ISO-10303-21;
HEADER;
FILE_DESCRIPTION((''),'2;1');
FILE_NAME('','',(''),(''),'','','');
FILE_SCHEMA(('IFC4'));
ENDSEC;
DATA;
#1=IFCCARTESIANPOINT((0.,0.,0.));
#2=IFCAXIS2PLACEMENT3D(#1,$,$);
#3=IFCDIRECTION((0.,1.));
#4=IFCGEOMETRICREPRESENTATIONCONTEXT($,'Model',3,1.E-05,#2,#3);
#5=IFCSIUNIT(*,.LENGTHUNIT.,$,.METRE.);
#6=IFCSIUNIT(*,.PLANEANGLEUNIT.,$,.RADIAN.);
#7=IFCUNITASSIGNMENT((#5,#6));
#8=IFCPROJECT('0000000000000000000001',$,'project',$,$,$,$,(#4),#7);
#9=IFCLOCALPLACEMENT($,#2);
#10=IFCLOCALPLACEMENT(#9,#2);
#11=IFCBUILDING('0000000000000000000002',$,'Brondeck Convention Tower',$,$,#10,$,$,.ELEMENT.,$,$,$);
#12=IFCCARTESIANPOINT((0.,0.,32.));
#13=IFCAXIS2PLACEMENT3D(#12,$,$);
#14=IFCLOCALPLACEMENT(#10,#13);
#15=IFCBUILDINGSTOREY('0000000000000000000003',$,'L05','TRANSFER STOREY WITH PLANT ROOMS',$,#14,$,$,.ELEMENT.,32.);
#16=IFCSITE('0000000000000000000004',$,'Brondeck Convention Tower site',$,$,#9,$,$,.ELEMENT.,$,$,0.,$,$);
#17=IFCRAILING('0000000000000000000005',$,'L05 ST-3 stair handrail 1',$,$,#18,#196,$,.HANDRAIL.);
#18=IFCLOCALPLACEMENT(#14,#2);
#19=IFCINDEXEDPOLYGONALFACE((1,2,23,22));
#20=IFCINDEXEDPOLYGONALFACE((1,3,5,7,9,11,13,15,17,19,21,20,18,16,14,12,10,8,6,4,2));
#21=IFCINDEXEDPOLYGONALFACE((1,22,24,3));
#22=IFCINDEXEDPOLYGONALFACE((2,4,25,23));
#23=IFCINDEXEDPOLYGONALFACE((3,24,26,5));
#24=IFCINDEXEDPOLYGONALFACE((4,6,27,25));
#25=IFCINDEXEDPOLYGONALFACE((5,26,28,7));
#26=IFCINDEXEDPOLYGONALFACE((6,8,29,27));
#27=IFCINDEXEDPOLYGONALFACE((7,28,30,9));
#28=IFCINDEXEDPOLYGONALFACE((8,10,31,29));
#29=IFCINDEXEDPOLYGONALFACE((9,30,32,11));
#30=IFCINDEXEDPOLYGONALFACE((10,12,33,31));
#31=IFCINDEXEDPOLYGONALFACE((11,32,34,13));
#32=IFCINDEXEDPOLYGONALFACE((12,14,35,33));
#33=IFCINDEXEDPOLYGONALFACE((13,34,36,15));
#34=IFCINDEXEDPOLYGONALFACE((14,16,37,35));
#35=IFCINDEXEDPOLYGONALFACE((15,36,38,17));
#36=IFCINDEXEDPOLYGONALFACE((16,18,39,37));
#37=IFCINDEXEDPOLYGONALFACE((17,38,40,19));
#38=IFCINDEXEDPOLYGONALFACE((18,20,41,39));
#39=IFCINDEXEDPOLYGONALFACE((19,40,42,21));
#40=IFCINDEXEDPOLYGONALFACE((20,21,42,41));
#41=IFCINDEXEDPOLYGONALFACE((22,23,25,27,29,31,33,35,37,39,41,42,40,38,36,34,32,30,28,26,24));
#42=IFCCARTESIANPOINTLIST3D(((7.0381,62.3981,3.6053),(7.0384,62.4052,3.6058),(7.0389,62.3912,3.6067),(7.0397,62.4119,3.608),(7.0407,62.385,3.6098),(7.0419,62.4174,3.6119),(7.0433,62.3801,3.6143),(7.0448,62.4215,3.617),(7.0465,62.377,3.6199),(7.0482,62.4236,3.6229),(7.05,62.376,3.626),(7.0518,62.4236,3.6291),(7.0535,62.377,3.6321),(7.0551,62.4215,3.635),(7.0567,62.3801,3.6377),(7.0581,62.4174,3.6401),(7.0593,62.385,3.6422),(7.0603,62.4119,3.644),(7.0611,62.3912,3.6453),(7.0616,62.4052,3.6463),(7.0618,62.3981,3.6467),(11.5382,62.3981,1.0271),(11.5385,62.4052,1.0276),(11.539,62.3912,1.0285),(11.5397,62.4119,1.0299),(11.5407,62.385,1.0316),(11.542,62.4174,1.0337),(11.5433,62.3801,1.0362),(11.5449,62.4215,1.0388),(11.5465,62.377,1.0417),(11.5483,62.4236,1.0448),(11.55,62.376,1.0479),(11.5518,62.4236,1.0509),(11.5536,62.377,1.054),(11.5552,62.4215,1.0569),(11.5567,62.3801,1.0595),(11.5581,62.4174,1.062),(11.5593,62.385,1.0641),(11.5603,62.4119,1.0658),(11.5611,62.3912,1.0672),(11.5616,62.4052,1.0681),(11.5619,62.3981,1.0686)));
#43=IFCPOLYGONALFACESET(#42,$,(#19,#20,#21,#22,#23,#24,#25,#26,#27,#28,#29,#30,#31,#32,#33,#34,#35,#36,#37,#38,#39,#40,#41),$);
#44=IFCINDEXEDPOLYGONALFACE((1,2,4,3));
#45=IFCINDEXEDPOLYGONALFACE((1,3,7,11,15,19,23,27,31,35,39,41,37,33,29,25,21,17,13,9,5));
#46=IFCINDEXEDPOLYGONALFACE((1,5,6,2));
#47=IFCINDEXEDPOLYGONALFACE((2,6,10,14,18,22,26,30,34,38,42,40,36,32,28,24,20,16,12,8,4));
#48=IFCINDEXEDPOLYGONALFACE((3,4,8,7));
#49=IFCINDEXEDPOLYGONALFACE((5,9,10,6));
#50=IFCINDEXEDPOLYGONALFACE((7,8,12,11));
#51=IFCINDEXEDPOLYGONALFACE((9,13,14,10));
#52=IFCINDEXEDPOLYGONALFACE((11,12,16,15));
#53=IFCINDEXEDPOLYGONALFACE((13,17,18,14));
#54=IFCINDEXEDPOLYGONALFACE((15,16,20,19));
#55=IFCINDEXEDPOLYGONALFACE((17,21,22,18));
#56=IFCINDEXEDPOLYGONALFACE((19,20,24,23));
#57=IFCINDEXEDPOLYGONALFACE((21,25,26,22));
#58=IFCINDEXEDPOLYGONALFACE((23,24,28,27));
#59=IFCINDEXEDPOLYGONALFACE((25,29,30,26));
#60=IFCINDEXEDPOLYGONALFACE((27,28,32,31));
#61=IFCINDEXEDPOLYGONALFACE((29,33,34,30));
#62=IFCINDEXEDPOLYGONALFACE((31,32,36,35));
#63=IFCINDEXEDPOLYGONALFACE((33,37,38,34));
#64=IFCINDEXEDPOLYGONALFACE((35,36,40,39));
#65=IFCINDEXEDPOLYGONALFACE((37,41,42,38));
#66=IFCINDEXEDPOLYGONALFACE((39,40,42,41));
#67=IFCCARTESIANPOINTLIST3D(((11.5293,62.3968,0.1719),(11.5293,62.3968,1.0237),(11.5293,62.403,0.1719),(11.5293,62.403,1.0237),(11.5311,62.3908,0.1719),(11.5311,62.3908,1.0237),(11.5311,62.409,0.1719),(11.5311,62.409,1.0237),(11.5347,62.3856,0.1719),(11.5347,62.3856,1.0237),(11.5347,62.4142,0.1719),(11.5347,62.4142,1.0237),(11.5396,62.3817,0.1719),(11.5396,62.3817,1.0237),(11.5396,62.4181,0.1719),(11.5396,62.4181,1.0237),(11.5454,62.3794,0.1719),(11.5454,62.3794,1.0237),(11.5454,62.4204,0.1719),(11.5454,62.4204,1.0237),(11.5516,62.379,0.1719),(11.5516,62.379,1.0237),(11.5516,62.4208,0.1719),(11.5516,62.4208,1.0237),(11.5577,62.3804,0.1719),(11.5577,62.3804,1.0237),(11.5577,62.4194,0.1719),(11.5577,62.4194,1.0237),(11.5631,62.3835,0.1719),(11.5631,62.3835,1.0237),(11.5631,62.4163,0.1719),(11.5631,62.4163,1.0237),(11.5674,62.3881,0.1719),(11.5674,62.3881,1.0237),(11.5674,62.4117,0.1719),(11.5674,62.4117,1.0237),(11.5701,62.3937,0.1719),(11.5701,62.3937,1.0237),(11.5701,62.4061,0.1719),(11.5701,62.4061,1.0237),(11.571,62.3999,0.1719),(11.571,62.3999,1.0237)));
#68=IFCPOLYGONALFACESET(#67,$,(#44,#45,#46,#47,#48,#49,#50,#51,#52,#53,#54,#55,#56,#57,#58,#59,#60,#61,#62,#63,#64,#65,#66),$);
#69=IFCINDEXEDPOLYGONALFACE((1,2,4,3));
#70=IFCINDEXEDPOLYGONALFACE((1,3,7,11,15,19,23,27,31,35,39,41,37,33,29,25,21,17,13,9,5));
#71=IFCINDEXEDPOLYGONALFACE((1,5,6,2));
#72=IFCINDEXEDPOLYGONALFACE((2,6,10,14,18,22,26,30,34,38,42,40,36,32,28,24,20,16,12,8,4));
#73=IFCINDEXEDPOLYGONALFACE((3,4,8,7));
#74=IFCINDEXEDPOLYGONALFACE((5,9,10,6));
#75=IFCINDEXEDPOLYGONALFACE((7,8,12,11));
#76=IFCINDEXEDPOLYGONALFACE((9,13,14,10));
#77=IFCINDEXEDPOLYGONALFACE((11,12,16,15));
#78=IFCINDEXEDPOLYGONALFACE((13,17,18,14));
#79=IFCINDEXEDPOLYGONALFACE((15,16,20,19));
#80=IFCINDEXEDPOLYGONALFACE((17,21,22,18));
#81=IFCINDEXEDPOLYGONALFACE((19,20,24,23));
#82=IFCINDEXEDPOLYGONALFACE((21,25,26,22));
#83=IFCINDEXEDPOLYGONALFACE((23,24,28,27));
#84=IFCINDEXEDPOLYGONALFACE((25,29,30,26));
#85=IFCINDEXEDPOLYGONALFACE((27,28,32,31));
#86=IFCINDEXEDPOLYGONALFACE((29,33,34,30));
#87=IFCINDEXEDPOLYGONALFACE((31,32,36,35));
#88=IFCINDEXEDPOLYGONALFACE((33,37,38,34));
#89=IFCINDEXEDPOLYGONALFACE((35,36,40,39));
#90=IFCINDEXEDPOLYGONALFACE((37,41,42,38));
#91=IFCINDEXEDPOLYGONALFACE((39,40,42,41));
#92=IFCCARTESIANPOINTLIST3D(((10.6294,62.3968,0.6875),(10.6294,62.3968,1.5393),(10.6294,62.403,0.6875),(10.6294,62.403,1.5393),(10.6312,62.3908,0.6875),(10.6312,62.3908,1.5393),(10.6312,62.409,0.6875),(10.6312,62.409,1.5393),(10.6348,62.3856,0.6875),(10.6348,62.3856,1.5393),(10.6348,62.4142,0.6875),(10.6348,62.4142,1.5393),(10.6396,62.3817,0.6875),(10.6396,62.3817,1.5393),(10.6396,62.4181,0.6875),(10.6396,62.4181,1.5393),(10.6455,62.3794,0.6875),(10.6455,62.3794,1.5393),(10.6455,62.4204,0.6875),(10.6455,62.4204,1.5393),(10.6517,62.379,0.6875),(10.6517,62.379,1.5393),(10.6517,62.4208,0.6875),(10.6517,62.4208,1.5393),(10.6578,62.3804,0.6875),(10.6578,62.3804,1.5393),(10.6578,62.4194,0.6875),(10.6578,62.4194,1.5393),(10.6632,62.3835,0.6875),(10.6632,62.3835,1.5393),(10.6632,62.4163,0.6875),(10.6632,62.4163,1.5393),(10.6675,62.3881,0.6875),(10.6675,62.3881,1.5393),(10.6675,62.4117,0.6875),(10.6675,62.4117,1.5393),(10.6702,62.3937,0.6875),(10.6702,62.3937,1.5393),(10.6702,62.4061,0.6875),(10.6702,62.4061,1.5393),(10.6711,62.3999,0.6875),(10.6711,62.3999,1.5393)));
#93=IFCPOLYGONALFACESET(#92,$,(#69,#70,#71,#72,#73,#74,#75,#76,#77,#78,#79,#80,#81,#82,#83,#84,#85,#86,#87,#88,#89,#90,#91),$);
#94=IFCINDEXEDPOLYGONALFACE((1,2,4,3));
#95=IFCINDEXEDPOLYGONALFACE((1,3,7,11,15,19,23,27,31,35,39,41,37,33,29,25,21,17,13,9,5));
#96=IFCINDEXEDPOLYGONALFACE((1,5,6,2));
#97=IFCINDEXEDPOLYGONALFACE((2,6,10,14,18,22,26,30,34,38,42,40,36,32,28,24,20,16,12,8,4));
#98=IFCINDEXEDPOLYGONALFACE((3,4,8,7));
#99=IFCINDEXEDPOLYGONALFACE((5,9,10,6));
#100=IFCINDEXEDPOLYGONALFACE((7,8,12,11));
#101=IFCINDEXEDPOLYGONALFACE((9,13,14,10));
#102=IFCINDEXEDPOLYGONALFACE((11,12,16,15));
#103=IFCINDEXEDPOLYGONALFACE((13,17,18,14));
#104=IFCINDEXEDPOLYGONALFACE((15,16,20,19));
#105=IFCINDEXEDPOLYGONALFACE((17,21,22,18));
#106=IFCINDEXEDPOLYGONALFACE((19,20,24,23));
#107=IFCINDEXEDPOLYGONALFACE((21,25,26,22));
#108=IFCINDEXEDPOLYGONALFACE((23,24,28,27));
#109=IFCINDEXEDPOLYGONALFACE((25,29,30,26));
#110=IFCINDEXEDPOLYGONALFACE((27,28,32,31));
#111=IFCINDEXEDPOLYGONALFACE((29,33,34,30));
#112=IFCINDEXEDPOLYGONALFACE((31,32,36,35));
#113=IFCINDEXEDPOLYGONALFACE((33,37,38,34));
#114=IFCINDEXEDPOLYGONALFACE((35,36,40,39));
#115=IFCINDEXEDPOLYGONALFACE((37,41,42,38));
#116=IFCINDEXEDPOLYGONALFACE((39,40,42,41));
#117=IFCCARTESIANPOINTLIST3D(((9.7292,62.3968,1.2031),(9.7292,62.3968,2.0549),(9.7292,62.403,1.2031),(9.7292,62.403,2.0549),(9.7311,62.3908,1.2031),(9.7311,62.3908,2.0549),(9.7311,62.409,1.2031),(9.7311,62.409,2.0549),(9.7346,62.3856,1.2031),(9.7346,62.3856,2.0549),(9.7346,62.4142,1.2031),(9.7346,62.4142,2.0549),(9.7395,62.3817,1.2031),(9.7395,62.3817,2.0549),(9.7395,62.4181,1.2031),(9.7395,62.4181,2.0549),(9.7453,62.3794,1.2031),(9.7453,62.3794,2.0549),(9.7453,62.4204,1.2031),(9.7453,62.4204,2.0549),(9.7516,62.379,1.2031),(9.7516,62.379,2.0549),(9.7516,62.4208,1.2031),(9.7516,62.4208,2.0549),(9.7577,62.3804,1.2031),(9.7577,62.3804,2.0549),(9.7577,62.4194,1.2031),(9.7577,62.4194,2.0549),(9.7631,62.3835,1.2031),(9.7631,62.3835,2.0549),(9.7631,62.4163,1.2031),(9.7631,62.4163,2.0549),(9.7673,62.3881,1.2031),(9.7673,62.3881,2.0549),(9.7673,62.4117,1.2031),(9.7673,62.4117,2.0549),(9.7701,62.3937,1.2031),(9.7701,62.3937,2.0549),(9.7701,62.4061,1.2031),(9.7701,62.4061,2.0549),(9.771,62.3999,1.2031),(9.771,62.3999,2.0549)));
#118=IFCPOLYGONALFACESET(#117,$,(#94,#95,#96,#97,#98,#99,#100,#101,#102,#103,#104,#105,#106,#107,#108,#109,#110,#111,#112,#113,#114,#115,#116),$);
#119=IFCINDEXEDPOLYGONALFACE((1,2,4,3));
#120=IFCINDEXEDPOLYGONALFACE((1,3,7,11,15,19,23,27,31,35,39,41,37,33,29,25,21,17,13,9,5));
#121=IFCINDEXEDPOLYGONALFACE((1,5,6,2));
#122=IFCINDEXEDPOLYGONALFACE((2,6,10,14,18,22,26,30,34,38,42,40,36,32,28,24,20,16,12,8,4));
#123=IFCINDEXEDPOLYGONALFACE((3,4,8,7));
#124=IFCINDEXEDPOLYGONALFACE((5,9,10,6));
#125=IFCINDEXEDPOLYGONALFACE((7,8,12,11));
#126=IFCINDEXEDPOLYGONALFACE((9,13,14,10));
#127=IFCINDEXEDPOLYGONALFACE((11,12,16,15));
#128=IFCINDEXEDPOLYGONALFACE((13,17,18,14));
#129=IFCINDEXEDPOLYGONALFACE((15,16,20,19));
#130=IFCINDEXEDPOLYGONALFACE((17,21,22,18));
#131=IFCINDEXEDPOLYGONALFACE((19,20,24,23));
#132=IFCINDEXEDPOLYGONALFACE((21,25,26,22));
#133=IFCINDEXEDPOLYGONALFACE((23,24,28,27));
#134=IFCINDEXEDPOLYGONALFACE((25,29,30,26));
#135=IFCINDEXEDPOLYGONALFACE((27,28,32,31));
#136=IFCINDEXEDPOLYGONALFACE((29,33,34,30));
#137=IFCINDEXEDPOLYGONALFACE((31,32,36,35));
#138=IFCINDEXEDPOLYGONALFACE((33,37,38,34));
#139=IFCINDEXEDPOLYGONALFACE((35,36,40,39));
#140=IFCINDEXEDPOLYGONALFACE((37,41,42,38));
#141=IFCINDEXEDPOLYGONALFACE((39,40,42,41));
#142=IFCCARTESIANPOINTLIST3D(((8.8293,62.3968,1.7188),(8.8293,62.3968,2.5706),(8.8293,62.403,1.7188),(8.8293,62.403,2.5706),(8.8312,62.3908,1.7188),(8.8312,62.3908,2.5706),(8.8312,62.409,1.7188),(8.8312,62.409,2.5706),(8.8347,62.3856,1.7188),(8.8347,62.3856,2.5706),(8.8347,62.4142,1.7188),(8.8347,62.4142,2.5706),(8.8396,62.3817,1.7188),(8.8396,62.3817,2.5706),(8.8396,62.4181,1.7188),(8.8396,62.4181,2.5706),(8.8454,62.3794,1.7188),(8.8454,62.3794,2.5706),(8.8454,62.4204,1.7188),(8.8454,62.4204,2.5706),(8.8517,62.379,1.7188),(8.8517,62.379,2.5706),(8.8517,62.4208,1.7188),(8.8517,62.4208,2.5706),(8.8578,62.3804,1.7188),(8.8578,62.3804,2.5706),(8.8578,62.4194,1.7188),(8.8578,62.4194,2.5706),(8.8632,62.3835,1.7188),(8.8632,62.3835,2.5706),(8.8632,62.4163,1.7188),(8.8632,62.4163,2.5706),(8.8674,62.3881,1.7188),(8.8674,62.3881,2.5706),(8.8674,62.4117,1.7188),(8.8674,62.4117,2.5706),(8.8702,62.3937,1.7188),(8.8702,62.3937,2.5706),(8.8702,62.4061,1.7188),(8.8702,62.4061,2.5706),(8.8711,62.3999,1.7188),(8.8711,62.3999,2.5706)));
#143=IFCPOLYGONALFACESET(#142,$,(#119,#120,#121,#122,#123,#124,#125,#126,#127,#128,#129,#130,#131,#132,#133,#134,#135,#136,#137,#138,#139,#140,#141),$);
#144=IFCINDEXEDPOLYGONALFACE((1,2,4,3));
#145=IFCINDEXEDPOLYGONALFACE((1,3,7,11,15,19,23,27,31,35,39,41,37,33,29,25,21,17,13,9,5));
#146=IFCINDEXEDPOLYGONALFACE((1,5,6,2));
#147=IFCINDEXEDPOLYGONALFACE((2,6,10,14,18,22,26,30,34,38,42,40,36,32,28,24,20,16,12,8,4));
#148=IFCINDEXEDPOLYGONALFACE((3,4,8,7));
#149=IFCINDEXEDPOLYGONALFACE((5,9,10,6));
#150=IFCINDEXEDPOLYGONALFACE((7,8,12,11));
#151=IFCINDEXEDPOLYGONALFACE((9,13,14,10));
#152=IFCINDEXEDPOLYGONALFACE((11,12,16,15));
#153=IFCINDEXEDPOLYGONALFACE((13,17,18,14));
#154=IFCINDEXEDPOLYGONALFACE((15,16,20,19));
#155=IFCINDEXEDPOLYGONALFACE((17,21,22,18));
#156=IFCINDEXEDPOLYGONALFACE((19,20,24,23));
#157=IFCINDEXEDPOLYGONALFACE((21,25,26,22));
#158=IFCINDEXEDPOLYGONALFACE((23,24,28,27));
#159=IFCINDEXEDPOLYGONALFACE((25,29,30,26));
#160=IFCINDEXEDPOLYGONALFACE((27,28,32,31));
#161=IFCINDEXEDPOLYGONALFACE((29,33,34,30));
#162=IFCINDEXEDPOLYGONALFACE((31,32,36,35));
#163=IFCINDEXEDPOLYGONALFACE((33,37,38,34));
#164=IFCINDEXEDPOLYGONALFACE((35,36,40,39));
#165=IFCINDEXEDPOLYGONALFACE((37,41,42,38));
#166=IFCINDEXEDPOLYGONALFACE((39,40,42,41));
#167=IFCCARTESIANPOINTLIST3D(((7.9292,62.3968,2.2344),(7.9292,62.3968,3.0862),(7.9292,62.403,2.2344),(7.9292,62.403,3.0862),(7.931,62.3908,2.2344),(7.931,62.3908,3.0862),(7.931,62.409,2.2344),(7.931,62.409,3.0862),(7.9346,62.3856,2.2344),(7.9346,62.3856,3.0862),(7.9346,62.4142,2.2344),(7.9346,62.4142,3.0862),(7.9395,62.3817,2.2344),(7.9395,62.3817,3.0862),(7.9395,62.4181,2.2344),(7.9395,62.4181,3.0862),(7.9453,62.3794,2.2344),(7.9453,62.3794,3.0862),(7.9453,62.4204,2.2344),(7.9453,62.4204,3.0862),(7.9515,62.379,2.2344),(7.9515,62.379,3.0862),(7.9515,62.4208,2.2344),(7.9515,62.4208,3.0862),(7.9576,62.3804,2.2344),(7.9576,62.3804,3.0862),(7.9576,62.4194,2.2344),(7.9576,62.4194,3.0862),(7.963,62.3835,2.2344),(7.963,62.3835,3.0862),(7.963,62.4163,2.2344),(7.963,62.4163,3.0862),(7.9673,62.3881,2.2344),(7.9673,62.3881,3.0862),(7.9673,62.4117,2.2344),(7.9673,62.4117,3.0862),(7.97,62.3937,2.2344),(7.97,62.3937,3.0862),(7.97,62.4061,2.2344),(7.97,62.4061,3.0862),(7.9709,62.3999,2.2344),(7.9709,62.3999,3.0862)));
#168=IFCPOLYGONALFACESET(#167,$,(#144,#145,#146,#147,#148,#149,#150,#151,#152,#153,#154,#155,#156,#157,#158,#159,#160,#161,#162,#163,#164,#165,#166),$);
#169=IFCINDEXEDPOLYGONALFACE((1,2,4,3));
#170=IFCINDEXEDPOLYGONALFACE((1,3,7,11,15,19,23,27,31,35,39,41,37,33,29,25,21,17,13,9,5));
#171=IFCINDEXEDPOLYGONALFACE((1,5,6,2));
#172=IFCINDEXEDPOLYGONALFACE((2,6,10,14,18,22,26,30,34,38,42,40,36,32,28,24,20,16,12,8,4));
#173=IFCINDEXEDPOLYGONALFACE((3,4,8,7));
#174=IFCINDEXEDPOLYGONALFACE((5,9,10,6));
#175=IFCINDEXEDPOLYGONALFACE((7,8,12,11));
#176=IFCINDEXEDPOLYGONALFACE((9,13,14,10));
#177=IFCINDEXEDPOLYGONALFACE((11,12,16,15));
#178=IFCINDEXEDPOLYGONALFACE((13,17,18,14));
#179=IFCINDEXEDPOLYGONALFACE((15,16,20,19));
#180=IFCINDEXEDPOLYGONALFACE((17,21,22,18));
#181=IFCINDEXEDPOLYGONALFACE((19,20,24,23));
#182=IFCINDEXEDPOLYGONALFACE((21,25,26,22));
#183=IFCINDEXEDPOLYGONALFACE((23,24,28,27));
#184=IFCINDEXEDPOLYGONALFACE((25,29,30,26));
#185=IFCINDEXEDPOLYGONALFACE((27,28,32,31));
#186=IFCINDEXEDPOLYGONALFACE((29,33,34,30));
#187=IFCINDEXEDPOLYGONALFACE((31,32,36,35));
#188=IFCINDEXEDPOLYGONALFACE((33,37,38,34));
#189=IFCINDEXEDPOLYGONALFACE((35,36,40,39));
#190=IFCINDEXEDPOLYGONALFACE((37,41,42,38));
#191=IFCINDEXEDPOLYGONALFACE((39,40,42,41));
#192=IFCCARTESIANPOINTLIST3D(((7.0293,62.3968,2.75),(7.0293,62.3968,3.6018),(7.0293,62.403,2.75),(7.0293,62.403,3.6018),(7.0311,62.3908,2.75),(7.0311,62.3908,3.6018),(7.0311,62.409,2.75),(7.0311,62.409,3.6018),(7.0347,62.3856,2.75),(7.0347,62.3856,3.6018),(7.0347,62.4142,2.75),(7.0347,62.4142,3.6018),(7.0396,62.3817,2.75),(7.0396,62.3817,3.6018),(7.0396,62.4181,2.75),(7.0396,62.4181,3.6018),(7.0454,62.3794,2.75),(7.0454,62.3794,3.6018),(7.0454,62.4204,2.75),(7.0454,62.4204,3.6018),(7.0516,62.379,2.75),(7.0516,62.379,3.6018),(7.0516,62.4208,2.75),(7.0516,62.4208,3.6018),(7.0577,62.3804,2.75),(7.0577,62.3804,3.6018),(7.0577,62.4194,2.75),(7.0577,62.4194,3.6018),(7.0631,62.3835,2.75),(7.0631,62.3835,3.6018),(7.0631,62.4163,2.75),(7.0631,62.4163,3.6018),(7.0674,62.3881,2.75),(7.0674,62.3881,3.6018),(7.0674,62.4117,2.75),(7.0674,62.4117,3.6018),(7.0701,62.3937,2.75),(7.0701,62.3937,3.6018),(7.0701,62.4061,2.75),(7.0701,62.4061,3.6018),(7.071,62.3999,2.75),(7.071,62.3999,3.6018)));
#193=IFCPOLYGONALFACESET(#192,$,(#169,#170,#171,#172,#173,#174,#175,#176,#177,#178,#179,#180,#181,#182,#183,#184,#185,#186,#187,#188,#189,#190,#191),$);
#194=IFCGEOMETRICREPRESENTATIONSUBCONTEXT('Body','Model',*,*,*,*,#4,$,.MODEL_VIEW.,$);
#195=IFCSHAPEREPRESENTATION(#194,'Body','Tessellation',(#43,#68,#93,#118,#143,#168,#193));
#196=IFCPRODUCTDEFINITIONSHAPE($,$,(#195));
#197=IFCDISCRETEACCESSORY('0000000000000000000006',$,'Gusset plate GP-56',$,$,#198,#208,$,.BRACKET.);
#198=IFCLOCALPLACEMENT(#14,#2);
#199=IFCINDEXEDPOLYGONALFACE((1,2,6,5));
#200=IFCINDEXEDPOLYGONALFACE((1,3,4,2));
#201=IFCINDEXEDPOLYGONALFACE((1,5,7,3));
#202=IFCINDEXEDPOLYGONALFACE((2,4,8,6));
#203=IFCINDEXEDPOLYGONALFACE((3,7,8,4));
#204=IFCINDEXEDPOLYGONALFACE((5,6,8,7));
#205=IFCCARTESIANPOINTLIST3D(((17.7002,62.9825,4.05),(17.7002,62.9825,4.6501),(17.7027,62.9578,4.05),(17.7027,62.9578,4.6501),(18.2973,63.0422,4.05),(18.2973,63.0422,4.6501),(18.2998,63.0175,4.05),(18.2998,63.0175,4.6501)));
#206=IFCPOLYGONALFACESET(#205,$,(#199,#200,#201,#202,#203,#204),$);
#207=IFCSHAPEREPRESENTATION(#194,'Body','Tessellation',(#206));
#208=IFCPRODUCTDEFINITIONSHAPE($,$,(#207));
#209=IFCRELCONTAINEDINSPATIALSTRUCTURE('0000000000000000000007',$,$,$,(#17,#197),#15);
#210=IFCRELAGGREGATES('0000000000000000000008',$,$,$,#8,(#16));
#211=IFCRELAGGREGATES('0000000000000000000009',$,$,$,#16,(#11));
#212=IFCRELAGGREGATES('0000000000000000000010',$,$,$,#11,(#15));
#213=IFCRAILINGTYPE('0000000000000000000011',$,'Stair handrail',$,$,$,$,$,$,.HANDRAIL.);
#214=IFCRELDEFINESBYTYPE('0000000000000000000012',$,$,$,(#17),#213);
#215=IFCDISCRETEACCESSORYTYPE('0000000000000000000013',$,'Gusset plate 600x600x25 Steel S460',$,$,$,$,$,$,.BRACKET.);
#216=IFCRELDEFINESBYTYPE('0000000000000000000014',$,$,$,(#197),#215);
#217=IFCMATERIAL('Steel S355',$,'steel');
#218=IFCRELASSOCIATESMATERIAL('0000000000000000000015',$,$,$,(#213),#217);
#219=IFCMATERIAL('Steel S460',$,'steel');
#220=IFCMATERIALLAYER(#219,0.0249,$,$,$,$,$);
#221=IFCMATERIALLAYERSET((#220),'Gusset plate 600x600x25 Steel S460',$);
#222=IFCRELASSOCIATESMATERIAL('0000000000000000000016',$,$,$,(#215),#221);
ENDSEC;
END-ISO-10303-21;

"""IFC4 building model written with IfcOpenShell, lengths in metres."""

from ifc_helpers import new_model, si_unit, direction, frame, origin, origin_2d, place, context, subcontext, project, spatial, rectangle, circle, extrude, material, layer, layer_set, type_object, element, save


model = new_model("IFC4")

# Units and contexts
model_context = context("Model", 3, precision=1e-05, world=origin(), true_north=direction((0.0, 1.0)))
body_context = subcontext(model_context, "Body", "Model", "MODEL_VIEW")
ifc_project = project(units=[si_unit("LENGTHUNIT", "METRE"), si_unit("PLANEANGLEUNIT", "RADIAN")], contexts=[model_context])

# Site, building, storey
site_placement = place(None, origin())
site = spatial("IfcSite", under=ifc_project, at=site_placement, Name="Brondeck Convention Tower site", CompositionType="ELEMENT", RefElevation=0.0)
building_placement = place(site_placement, origin())
building = spatial("IfcBuilding", under=site, at=building_placement, Name="Brondeck Convention Tower", CompositionType="ELEMENT")
storey_placement = place(building_placement, frame((0.0, 0.0, 32.0)))
storey = spatial("IfcBuildingStorey", under=building, at=storey_placement, Name="L05", Description="TRANSFER STOREY WITH PLANT ROOMS", CompositionType="ELEMENT", Elevation=32.0)

# Shared definitions
ifc_material_1 = material(Name="Steel S460", Category="steel")

# Railing
ifc_material_2 = material(Name="Steel S355", Category="steel")
railing_type_1 = type_object("IfcRailingType", Name="Stair handrail", PredefinedType="HANDRAIL", material=ifc_material_2)
railing_1_placement = place(storey_placement, frame((11.55, 62.3999, 0.1719)))
element("IfcRailing", 1, at=railing_1_placement, inside=storey, type_object=railing_type_1, Name="L05 ST-3 stair handrail 1", PredefinedType="HANDRAIL", context=body_context, shape_type="SweptSolid", body=[
    extrude(circle(Radius=0.0239, at=origin_2d()), frame((0.0, 0.0, 0.876), z_axis=(-0.867686, 0.0, 0.497112), x_axis=(0.0, -1.0, 0.0)), (0.0, 0.0, 1.0), 5.1863),
    extrude(circle(Radius=0.021, at=origin_2d()), origin(), (0.0, 0.0, 1.0), 0.8518),
    extrude(circle(Radius=0.021, at=origin_2d()), frame((-0.8999, 0.0, 0.5156)), (0.0, 0.0, 1.0), 0.8518),
    extrude(circle(Radius=0.021, at=origin_2d()), frame((-1.8, 0.0, 1.0312)), (0.0, 0.0, 1.0), 0.8518),
    extrude(circle(Radius=0.021, at=origin_2d()), frame((-2.7, 0.0, 1.5469)), (0.0, 0.0, 1.0), 0.8518),
    extrude(circle(Radius=0.021, at=origin_2d()), frame((-3.6001, 0.0, 2.0625)), (0.0, 0.0, 1.0), 0.8518),
    extrude(circle(Radius=0.021, at=origin_2d()), frame((-4.5, 0.0, 2.5781)), (0.0, 0.0, 1.0), 0.8518),
])

# Discrete accessory
ifc_layer_1 = layer(ifc_material_1, 0.0249)
ifc_layer_set_1 = layer_set([ifc_layer_1], Name="Gusset plate 600x600x25 Steel S460")
discrete_accessory_type = type_object("IfcDiscreteAccessoryType", Name="Gusset plate 600x600x25 Steel S460", PredefinedType="BRACKET", material=ifc_layer_set_1)
for number, where, z_axis, x_axis, name in (
    (2, (18.0, 63.0, 4.05), (0.0, 0.0, 1.0), (0.995036, 0.099511, 0.0), "Gusset plate GP-56"),
):
    element("IfcDiscreteAccessory", number, at=place(storey_placement, frame(where, z_axis=z_axis, x_axis=x_axis)), inside=storey, type_object=discrete_accessory_type, Name=name, PredefinedType="BRACKET", context=body_context, shape_type="SweptSolid", body=[
        extrude(rectangle(XDim=0.6001, YDim=0.0249, at=origin_2d()), origin(), (0.0, 0.0, 1.0), 0.6001),
    ])

save(model, "model.ifc")
